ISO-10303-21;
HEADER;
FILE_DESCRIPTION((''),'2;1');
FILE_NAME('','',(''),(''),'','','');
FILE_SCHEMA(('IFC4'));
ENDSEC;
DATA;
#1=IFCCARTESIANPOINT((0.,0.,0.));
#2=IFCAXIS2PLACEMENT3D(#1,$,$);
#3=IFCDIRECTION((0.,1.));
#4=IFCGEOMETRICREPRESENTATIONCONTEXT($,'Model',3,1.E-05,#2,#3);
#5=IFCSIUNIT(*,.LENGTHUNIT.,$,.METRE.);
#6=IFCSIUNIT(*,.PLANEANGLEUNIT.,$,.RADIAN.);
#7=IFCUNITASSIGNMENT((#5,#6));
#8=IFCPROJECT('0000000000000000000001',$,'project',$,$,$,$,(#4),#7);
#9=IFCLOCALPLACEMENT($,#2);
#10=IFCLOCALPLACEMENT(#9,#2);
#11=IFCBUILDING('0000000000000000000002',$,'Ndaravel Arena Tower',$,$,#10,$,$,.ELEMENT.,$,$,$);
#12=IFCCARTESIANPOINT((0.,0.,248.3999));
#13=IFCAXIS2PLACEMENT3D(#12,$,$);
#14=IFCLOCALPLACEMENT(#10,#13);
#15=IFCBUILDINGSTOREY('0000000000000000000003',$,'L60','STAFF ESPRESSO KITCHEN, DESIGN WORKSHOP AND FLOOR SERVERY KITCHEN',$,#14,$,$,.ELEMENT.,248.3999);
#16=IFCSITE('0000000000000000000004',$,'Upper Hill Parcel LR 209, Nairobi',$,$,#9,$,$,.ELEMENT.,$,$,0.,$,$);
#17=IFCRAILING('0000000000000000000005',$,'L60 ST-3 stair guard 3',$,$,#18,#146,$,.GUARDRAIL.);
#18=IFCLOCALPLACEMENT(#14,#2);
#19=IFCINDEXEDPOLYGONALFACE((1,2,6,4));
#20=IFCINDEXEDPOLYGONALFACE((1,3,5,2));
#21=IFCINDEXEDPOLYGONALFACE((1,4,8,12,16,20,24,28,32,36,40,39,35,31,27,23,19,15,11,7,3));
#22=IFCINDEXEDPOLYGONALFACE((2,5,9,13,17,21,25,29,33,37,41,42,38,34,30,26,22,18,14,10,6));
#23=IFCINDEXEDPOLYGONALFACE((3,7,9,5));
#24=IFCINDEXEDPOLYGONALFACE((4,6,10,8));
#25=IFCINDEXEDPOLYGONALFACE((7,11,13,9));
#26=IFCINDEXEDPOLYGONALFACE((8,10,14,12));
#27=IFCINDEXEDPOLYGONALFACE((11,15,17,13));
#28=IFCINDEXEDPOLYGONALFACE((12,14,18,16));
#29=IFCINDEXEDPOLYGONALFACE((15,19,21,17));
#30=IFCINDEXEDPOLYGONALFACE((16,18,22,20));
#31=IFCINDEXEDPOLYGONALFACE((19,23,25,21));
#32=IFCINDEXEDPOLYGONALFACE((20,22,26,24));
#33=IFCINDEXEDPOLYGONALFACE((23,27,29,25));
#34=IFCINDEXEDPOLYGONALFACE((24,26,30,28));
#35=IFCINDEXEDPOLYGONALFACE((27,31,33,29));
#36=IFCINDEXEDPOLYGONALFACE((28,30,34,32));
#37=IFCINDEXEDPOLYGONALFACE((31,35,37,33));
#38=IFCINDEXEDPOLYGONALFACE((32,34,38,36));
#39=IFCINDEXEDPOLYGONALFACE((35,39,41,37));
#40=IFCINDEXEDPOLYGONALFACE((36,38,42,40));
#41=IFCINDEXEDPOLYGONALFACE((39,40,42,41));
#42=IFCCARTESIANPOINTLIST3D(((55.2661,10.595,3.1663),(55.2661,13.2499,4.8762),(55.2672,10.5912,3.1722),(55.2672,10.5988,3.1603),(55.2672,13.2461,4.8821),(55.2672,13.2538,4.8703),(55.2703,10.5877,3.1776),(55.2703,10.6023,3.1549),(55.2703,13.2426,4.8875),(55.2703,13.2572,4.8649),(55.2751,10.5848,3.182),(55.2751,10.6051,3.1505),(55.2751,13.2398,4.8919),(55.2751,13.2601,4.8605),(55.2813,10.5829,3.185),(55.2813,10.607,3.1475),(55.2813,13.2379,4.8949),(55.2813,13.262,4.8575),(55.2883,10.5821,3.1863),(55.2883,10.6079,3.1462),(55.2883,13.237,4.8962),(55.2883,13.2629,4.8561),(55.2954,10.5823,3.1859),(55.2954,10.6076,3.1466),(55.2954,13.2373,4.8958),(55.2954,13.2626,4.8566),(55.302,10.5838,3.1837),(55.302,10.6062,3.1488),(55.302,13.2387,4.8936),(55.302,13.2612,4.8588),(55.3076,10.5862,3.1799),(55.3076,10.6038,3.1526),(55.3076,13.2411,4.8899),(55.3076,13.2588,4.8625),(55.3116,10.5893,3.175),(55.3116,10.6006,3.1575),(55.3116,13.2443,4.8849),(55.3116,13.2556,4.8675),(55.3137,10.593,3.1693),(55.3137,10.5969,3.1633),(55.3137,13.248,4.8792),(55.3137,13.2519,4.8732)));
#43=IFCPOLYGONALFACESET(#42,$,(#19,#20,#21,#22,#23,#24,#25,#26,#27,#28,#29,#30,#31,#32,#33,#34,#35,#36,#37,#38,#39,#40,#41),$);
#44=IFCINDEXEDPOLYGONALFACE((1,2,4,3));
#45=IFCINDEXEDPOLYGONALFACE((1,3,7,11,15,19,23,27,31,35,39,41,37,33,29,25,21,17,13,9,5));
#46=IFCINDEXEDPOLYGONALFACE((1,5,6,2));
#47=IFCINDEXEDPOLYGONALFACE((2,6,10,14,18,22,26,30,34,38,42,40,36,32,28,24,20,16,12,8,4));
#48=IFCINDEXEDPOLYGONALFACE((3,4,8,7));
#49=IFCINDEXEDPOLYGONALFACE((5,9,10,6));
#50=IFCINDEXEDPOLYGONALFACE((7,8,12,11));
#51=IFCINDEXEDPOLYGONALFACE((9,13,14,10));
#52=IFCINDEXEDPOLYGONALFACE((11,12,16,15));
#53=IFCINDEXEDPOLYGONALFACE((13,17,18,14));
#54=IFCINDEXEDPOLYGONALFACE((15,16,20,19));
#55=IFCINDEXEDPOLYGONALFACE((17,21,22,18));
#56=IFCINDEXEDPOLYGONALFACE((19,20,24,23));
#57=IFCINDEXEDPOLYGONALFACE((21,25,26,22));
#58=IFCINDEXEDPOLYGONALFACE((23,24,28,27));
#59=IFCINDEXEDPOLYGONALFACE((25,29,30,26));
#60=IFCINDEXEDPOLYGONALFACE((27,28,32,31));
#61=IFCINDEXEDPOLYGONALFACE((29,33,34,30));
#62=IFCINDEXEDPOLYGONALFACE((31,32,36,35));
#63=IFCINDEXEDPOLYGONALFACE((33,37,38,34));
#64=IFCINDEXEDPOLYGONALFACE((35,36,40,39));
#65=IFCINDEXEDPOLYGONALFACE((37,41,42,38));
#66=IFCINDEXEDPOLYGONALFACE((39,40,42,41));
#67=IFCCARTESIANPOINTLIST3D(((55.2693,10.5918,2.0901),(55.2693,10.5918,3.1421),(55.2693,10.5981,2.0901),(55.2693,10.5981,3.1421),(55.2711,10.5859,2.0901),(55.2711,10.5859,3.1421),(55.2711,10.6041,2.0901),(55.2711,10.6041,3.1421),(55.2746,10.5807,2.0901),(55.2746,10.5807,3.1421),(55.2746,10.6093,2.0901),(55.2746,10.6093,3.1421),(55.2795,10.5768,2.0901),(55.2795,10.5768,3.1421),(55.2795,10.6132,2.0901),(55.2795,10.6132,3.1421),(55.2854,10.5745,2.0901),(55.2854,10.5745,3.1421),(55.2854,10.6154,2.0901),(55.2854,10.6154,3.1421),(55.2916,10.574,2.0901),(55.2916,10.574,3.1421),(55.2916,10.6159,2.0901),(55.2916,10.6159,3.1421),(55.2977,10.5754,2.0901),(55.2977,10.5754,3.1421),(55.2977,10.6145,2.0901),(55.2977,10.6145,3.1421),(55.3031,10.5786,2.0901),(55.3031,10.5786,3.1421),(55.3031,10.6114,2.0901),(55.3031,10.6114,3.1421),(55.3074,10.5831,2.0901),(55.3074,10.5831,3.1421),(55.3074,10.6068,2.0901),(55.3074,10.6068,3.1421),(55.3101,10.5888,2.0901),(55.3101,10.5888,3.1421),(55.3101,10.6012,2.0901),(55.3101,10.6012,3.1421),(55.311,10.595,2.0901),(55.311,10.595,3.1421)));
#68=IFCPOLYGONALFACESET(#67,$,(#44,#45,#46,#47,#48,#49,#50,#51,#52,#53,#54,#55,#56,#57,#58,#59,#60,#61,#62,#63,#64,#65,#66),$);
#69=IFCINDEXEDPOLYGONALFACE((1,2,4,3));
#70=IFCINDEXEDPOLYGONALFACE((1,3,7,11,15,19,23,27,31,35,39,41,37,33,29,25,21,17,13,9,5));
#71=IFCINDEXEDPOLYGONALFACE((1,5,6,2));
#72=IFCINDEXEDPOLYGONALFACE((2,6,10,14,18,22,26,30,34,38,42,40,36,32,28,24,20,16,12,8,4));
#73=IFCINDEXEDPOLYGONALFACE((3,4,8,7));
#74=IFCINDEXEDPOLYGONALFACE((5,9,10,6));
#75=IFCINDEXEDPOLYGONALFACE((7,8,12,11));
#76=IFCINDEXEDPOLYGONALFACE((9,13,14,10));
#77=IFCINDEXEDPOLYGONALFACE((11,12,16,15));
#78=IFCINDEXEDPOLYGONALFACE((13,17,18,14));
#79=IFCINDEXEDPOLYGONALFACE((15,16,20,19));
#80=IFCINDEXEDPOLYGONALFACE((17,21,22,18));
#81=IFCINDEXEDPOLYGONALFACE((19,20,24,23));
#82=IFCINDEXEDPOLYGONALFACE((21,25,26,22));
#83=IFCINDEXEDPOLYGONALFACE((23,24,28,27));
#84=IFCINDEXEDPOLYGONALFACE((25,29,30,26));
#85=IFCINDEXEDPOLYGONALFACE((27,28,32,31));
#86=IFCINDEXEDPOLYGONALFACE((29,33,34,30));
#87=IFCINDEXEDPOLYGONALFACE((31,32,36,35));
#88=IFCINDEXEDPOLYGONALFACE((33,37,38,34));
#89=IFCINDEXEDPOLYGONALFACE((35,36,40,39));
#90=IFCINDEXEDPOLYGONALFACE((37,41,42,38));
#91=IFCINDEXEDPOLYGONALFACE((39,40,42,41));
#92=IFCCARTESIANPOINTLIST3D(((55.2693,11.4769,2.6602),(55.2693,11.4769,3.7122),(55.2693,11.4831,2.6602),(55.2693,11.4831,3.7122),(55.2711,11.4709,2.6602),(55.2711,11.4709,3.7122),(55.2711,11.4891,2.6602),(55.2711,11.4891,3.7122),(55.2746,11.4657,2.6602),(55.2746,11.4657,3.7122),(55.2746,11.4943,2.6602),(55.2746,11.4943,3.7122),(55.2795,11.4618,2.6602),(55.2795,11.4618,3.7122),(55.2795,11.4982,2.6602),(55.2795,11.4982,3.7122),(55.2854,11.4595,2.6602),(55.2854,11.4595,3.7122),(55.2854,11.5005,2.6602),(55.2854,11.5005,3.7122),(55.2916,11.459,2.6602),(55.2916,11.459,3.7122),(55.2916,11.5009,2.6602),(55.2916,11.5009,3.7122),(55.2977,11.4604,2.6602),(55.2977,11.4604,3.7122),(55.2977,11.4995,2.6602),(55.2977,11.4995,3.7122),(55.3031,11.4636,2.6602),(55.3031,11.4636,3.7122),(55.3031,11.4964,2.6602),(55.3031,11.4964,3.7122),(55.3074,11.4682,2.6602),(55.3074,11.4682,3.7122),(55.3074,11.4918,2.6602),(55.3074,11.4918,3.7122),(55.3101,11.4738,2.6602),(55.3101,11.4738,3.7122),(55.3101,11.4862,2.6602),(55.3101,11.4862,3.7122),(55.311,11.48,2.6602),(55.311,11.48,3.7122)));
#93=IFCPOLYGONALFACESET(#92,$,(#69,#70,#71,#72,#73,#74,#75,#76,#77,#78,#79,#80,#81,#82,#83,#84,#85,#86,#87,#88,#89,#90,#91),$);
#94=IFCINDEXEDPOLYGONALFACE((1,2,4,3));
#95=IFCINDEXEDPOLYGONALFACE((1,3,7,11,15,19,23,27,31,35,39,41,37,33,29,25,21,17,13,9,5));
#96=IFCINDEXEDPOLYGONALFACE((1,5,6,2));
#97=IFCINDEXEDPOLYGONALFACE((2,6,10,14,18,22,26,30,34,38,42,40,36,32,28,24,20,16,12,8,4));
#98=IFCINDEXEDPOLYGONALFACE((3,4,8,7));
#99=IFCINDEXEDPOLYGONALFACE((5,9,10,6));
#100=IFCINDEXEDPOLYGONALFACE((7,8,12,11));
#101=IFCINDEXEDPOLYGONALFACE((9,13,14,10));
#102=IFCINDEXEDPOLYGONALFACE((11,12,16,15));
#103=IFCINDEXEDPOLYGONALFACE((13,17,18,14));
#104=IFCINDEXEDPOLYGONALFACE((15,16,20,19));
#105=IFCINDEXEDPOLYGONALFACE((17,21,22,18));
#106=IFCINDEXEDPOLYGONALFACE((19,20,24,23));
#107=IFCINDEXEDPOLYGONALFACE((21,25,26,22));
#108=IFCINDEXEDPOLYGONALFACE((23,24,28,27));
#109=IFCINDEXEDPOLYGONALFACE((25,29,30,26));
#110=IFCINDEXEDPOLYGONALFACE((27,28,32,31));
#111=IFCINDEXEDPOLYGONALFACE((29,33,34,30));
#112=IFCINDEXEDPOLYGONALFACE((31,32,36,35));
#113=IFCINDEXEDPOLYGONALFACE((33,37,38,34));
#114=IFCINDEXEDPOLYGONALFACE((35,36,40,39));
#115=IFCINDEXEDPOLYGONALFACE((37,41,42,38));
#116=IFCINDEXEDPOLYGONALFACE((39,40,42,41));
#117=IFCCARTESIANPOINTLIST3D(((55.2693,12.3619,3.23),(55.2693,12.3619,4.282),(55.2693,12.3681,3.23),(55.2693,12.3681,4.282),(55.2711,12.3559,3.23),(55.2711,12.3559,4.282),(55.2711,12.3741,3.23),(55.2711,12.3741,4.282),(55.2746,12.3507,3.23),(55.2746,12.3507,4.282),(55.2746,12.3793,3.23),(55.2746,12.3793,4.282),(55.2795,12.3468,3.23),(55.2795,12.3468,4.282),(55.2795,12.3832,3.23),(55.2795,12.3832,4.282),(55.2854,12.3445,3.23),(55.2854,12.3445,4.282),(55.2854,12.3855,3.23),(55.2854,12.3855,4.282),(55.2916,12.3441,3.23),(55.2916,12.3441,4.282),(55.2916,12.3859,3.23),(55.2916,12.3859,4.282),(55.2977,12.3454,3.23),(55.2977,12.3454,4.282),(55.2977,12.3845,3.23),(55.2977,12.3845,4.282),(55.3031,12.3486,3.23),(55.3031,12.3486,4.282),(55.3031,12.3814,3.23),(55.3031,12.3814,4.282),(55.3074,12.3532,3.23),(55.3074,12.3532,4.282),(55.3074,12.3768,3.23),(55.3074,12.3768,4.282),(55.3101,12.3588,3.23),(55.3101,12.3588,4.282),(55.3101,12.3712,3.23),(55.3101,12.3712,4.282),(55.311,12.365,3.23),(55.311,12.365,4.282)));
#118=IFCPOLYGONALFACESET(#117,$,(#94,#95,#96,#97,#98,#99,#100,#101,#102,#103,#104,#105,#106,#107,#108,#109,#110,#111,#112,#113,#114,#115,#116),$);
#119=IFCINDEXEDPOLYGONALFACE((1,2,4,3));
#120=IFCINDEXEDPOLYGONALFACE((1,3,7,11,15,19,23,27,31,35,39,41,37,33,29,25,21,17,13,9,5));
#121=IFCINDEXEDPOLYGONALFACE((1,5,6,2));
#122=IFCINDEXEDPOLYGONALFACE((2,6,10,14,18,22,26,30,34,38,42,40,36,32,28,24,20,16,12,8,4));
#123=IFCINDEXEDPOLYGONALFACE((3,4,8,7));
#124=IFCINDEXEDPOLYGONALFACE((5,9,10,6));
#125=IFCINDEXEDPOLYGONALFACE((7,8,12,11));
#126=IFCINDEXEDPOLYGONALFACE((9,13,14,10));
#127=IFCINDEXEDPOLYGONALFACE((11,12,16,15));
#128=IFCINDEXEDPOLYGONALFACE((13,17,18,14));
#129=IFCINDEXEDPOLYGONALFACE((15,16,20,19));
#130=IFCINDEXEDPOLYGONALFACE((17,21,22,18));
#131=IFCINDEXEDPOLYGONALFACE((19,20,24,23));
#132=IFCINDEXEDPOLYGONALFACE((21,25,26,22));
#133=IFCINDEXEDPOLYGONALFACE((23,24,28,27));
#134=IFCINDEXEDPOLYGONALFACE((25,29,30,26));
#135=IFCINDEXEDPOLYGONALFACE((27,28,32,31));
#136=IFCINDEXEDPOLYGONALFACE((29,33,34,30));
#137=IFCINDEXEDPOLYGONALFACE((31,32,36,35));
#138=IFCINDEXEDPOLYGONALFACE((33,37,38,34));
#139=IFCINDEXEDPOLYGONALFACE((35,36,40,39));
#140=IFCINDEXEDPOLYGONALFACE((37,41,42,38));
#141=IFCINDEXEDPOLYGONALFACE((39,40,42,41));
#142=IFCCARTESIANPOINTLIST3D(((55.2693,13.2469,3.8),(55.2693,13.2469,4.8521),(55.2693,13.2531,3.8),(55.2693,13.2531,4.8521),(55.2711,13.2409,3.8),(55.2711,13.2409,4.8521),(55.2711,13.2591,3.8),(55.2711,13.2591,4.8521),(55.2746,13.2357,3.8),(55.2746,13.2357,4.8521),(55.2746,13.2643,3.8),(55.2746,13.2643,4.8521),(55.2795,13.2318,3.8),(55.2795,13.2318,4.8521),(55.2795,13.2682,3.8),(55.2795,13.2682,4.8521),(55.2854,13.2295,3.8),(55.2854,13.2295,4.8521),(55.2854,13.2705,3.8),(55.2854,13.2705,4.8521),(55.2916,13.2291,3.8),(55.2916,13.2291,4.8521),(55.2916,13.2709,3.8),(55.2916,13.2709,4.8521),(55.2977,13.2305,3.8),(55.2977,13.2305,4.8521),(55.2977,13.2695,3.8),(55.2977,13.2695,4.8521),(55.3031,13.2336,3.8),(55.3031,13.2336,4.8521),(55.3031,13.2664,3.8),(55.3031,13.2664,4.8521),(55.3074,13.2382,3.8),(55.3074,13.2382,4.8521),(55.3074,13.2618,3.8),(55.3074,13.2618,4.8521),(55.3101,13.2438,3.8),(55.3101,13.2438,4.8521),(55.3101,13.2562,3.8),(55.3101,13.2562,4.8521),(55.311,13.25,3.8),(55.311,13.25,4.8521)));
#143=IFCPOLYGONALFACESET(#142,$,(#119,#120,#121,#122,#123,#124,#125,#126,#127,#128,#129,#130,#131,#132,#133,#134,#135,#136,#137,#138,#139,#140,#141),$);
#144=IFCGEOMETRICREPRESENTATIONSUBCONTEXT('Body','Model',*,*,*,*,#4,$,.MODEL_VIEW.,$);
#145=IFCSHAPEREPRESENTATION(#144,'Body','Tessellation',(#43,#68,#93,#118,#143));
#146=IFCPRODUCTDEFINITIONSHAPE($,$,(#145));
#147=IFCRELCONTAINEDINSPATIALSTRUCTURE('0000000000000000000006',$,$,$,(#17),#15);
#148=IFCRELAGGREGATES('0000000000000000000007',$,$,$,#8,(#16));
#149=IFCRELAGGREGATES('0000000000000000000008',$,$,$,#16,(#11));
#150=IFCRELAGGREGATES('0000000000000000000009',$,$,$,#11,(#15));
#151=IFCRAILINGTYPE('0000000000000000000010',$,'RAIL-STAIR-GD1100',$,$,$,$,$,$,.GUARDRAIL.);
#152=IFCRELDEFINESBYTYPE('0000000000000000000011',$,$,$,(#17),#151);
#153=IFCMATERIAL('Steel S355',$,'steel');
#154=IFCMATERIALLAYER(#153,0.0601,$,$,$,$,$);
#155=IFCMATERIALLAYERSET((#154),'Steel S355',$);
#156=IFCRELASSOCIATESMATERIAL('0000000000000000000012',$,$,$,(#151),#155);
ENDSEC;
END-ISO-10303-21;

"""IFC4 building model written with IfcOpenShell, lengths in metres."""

from ifc_helpers import new_model, si_unit, direction, frame, origin, origin_2d, place, context, subcontext, project, spatial, circle, extrude, material, layer, layer_set, type_object, element, save


model = new_model("IFC4")

# Units and contexts
model_context = context("Model", 3, precision=1e-05, world=origin(), true_north=direction((0.0, 1.0)))
body_context = subcontext(model_context, "Body", "Model", "MODEL_VIEW")
ifc_project = project(units=[si_unit("LENGTHUNIT", "METRE"), si_unit("PLANEANGLEUNIT", "RADIAN")], contexts=[model_context])

# Site, building, storey
site_placement = place(None, origin())
site = spatial("IfcSite", under=ifc_project, at=site_placement, Name="Upper Hill Parcel LR 209, Nairobi", CompositionType="ELEMENT", RefElevation=0.0)
building_placement = place(site_placement, origin())
building = spatial("IfcBuilding", under=site, at=building_placement, Name="Ndaravel Arena Tower", CompositionType="ELEMENT")
storey_placement = place(building_placement, frame((0.0, 0.0, 248.3999)))
storey = spatial("IfcBuildingStorey", under=building, at=storey_placement, Name="L60", Description="STAFF ESPRESSO KITCHEN, DESIGN WORKSHOP AND FLOOR SERVERY KITCHEN", CompositionType="ELEMENT", Elevation=248.3999)

# Railing
ifc_material_1 = material(Name="Steel S355", Category="steel")
ifc_layer_1 = layer(ifc_material_1, 0.0601)
ifc_layer_set_1 = layer_set([ifc_layer_1], Name="Steel S355")
railing_type_1 = type_object("IfcRailingType", Name="RAIL-STAIR-GD1100", PredefinedType="GUARDRAIL", material=ifc_layer_set_1)
railing_1_placement = place(storey_placement, frame((55.29, 10.595, 2.0901)))
element("IfcRailing", 1, at=railing_1_placement, inside=storey, type_object=railing_type_1, Name="L60 ST-3 stair guard 3", PredefinedType="GUARDRAIL", context=body_context, shape_type="SweptSolid", body=[
    extrude(circle(Radius=0.0239, at=origin_2d()), frame((0.0, 0.0, 1.0762), z_axis=(0.0, 0.840724, 0.541465), x_axis=(-1.0, 0.0, 0.0)), (0.0, 0.0, 1.0), 3.158),
    extrude(circle(Radius=0.021, at=origin_2d()), origin(), (0.0, 0.0, 1.0), 1.052),
    extrude(circle(Radius=0.021, at=origin_2d()), frame((0.0, 0.885, 0.5701)), (0.0, 0.0, 1.0), 1.052),
    extrude(circle(Radius=0.021, at=origin_2d()), frame((0.0, 1.77, 1.1399)), (0.0, 0.0, 1.0), 1.052),
    extrude(circle(Radius=0.021, at=origin_2d()), frame((0.0, 2.655, 1.71)), (0.0, 0.0, 1.0), 1.052),
])

save(model, "model.ifc")
